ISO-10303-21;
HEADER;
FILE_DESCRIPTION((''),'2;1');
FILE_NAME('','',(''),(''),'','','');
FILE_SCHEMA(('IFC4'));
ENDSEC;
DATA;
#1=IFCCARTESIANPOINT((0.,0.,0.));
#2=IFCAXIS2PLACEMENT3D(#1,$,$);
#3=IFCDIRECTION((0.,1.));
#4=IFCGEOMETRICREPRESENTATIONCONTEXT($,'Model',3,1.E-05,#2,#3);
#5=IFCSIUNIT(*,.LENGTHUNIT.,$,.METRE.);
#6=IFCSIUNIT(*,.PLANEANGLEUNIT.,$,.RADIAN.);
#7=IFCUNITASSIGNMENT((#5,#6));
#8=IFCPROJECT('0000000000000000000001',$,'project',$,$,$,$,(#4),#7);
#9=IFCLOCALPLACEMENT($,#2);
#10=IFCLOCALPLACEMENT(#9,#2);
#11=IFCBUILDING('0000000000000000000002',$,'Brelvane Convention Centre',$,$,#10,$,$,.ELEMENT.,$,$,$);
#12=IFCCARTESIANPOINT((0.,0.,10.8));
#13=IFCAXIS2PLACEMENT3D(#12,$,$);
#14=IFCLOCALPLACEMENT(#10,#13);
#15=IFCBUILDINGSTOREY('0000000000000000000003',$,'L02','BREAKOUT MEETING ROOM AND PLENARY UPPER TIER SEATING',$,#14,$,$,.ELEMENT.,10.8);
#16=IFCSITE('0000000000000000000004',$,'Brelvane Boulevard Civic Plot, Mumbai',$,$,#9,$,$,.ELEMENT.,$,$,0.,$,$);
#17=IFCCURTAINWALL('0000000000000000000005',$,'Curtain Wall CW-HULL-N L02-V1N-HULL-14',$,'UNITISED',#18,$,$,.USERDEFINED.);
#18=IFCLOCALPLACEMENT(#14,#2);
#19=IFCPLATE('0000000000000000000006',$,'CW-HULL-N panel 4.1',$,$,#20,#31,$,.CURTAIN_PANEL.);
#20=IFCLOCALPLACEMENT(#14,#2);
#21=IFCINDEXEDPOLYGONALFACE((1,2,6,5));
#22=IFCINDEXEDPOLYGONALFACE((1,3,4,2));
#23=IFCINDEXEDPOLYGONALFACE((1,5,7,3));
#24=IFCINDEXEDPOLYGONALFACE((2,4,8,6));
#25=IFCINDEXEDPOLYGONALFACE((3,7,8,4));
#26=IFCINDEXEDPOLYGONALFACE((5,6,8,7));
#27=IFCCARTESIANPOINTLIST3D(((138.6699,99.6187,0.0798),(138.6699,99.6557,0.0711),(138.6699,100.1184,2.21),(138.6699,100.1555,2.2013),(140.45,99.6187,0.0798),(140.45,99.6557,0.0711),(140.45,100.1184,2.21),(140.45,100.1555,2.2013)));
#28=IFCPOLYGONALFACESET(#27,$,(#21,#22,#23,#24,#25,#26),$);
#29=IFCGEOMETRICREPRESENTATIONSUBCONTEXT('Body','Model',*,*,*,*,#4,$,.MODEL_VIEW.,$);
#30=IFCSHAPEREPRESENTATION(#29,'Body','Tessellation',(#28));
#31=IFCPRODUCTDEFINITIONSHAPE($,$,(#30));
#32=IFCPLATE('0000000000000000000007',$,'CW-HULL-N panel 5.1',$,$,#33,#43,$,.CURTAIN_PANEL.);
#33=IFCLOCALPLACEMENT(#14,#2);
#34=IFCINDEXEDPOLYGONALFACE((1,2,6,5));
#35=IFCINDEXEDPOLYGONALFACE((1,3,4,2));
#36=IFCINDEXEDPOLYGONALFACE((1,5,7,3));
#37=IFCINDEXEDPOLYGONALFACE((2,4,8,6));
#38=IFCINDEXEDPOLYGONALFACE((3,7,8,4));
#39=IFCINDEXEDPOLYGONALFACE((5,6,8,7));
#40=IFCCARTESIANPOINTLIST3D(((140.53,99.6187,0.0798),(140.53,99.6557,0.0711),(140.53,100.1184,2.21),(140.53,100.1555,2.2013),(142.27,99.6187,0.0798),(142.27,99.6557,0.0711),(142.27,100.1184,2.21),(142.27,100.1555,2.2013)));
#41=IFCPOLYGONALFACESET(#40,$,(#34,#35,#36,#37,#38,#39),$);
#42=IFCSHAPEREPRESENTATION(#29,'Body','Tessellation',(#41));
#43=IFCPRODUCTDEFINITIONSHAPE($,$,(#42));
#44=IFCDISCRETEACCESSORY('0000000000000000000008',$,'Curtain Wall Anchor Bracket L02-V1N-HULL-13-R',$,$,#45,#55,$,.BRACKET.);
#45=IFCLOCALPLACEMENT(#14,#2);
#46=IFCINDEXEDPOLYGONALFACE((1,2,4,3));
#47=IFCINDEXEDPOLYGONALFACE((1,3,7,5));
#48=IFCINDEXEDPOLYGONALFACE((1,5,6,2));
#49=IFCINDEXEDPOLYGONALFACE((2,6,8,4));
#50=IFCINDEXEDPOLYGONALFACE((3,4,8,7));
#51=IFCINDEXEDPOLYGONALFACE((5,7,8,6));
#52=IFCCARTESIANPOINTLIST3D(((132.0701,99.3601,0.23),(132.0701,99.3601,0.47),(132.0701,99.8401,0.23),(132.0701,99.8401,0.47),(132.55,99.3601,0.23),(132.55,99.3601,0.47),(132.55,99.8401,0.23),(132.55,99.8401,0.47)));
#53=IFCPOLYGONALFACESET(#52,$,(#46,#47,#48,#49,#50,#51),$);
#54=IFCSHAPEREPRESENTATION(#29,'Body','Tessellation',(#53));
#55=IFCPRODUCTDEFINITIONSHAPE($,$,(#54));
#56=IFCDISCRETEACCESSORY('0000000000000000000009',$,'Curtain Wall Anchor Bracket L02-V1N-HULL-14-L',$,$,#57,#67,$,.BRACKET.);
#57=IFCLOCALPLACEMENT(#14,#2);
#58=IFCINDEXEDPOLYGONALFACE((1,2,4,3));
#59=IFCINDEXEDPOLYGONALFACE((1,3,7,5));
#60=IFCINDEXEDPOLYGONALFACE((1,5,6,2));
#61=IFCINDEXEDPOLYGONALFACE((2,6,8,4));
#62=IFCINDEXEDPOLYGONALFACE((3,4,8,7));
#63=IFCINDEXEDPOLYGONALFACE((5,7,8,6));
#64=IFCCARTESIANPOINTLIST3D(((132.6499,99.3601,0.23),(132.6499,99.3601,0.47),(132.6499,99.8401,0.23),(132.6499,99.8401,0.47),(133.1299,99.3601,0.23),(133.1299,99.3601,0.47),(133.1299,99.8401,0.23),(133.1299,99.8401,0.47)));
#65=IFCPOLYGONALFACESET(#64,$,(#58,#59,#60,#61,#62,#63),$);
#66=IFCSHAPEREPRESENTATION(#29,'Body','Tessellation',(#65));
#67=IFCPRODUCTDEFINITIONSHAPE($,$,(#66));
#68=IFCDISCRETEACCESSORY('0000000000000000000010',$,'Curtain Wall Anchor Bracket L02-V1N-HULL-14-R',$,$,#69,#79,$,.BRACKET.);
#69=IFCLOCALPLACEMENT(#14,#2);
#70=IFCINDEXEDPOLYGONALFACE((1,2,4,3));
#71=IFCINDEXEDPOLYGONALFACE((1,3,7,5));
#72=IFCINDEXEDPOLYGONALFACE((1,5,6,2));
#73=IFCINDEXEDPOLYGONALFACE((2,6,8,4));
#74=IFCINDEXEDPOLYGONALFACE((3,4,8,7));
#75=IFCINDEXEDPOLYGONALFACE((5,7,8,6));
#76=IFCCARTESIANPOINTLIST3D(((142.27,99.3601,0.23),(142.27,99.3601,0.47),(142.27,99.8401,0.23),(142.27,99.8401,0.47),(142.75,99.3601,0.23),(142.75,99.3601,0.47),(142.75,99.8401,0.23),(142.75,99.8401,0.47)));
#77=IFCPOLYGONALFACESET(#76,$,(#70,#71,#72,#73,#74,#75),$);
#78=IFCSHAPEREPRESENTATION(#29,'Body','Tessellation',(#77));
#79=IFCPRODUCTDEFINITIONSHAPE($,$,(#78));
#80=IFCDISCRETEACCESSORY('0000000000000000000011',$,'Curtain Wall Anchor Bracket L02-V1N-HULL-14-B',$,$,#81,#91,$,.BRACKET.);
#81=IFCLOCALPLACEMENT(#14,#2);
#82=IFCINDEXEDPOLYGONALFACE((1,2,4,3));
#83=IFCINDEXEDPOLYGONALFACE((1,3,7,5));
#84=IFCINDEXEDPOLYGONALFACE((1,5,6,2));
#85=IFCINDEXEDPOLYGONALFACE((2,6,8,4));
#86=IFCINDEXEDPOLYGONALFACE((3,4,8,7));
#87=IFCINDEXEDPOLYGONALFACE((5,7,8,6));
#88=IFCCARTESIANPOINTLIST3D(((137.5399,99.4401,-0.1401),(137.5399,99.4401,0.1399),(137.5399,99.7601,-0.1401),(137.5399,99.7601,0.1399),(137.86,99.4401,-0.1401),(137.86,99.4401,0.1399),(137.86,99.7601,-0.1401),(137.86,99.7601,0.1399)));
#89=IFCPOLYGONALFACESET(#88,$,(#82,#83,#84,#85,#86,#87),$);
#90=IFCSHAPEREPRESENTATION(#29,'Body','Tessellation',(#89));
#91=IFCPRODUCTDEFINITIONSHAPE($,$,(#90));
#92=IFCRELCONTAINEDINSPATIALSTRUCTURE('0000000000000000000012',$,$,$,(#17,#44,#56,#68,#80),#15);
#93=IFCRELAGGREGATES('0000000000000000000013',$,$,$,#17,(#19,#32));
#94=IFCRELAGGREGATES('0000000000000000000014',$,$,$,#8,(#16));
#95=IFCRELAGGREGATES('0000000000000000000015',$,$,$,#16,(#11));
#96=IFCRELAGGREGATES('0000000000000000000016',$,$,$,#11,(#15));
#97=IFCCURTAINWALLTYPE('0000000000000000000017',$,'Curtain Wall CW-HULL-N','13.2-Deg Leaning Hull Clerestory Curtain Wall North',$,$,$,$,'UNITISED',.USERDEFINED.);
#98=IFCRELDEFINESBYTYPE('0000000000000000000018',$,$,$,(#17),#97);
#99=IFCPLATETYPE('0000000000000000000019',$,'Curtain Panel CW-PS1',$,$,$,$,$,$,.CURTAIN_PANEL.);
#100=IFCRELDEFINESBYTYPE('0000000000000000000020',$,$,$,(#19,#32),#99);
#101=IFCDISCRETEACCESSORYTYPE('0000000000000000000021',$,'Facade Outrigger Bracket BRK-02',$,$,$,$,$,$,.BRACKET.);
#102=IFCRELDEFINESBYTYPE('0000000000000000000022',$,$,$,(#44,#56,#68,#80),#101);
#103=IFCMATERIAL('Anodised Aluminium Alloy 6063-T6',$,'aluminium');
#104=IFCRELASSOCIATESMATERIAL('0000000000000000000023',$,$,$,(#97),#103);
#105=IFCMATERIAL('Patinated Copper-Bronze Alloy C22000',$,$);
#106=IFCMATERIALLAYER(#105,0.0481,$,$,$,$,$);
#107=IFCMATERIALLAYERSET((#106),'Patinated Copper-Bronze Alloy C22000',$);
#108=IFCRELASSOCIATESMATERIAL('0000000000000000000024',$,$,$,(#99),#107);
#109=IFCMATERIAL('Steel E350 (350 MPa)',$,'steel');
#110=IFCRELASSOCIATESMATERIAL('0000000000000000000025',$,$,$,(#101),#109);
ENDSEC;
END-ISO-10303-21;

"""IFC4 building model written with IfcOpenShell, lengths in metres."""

from ifc_helpers import new_model, si_unit, direction, frame, origin, origin_2d, place, context, subcontext, project, spatial, polyline, rectangle, outline, extrude, material, layer, layer_set, type_object, element, aggregate, save


model = new_model("IFC4")

# Units and contexts
model_context = context("Model", 3, precision=1e-05, world=origin(), true_north=direction((0.0, 1.0)))
body_context = subcontext(model_context, "Body", "Model", "MODEL_VIEW")
ifc_project = project(units=[si_unit("LENGTHUNIT", "METRE"), si_unit("PLANEANGLEUNIT", "RADIAN")], contexts=[model_context])

# Site, building, storey
site_placement = place(None, origin())
site = spatial("IfcSite", under=ifc_project, at=site_placement, Name="Brelvane Boulevard Civic Plot, Mumbai", CompositionType="ELEMENT", RefElevation=0.0)
building_placement = place(site_placement, origin())
building = spatial("IfcBuilding", under=site, at=building_placement, Name="Brelvane Convention Centre", CompositionType="ELEMENT")
storey_placement = place(building_placement, frame((0.0, 0.0, 10.8)))
storey = spatial("IfcBuildingStorey", under=building, at=storey_placement, Name="L02", Description="BREAKOUT MEETING ROOM AND PLENARY UPPER TIER SEATING", CompositionType="ELEMENT", Elevation=10.8)

# Shared definitions
ifc_material_1 = material(Name="Anodised Aluminium Alloy 6063-T6", Category="aluminium")
curtain_wall_type = type_object("IfcCurtainWallType", Name="Curtain Wall CW-HULL-N", Description="13.2-Deg Leaning Hull Clerestory Curtain Wall North", ElementType="UNITISED", PredefinedType="USERDEFINED", material=ifc_material_1)

# Curtain wall
curtain_wall_1_placement = place(storey_placement, origin())
curtain_wall_1 = element("IfcCurtainWall", 1, at=curtain_wall_1_placement, inside=storey, type_object=curtain_wall_type, Name="Curtain Wall CW-HULL-N L02-V1N-HULL-14", ObjectType="UNITISED", PredefinedType="USERDEFINED")

# Plates
ifc_material_2 = material(Name="Patinated Copper-Bronze Alloy C22000")
ifc_layer_1 = layer(ifc_material_2, 0.0481)
ifc_layer_set_1 = layer_set([ifc_layer_1], Name="Patinated Copper-Bronze Alloy C22000")
plate_type_1 = type_object("IfcPlateType", Name="Curtain Panel CW-PS1", PredefinedType="CURTAIN_PANEL", material=ifc_layer_set_1)
plate_1_placement = place(storey_placement, frame((138.6699, 99.6187, 0.0798), z_axis=(0.0, -0.973565, 0.228411), x_axis=(1.0, 0.0, 0.0)))
plate_1 = element("IfcPlate", 2, at=plate_1_placement, type_object=plate_type_1, Name="CW-HULL-N panel 4.1", PredefinedType="CURTAIN_PANEL", context=body_context, shape_type="SweptSolid", body=[
    extrude(outline(polyline([(0.0, 0.0), (1.78, 0.0), (1.78, 2.188), (0.0, 2.188), (0.0, 0.0)])), origin(), (0.0, 0.0, -1.0), 0.0381),
])
plate_2_placement = place(storey_placement, frame((140.53, 99.6187, 0.0798), z_axis=(0.0, -0.973565, 0.228411), x_axis=(1.0, 0.0, 0.0)))
plate_2 = element("IfcPlate", 3, at=plate_2_placement, type_object=plate_type_1, Name="CW-HULL-N panel 5.1", PredefinedType="CURTAIN_PANEL", context=body_context, shape_type="SweptSolid", body=[
    extrude(outline(polyline([(0.0, 0.0), (1.74, 0.0), (1.74, 2.188), (0.0, 2.188), (0.0, 0.0)])), origin(), (0.0, 0.0, -1.0), 0.0381),
])
aggregate(curtain_wall_1, [plate_1, plate_2])

# Discrete accessories
ifc_material_3 = material(Name="Steel E350 (350 MPa)", Category="steel")
discrete_accessory_type = type_object("IfcDiscreteAccessoryType", Name="Facade Outrigger Bracket BRK-02", PredefinedType="BRACKET", material=ifc_material_3)
for number, where, z_axis, x_axis, name in (
    (4, (132.3101, 99.6001, 0.23), (0.0, 0.0, 1.0), (1.0, 0.0, 0.0), "Curtain Wall Anchor Bracket L02-V1N-HULL-13-R"),
    (5, (132.8899, 99.6001, 0.23), (0.0, 0.0, 1.0), (1.0, 0.0, 0.0), "Curtain Wall Anchor Bracket L02-V1N-HULL-14-L"),
    (6, (142.51, 99.6001, 0.23), (0.0, 0.0, 1.0), (1.0, 0.0, 0.0), "Curtain Wall Anchor Bracket L02-V1N-HULL-14-R"),
):
    element("IfcDiscreteAccessory", number, at=place(storey_placement, frame(where, z_axis=z_axis, x_axis=x_axis)), inside=storey, type_object=discrete_accessory_type, Name=name, PredefinedType="BRACKET", context=body_context, shape_type="SweptSolid", body=[
        extrude(rectangle(XDim=0.48, YDim=0.48, at=origin_2d()), origin(), (0.0, 0.0, 1.0), 0.24),
    ])
discrete_accessory_placement = place(storey_placement, frame((137.7, 99.6001, -0.1401), z_axis=(0.0, 0.0, 1.0), x_axis=(1.0, 0.0, 0.0)))
element("IfcDiscreteAccessory", 7, at=discrete_accessory_placement, inside=storey, type_object=discrete_accessory_type, Name="Curtain Wall Anchor Bracket L02-V1N-HULL-14-B", PredefinedType="BRACKET", context=body_context, shape_type="SweptSolid", body=[
    extrude(rectangle(XDim=0.3201, YDim=0.3201, at=origin_2d()), origin(), (0.0, 0.0, 1.0), 0.28),
])

save(model, "model.ifc")
